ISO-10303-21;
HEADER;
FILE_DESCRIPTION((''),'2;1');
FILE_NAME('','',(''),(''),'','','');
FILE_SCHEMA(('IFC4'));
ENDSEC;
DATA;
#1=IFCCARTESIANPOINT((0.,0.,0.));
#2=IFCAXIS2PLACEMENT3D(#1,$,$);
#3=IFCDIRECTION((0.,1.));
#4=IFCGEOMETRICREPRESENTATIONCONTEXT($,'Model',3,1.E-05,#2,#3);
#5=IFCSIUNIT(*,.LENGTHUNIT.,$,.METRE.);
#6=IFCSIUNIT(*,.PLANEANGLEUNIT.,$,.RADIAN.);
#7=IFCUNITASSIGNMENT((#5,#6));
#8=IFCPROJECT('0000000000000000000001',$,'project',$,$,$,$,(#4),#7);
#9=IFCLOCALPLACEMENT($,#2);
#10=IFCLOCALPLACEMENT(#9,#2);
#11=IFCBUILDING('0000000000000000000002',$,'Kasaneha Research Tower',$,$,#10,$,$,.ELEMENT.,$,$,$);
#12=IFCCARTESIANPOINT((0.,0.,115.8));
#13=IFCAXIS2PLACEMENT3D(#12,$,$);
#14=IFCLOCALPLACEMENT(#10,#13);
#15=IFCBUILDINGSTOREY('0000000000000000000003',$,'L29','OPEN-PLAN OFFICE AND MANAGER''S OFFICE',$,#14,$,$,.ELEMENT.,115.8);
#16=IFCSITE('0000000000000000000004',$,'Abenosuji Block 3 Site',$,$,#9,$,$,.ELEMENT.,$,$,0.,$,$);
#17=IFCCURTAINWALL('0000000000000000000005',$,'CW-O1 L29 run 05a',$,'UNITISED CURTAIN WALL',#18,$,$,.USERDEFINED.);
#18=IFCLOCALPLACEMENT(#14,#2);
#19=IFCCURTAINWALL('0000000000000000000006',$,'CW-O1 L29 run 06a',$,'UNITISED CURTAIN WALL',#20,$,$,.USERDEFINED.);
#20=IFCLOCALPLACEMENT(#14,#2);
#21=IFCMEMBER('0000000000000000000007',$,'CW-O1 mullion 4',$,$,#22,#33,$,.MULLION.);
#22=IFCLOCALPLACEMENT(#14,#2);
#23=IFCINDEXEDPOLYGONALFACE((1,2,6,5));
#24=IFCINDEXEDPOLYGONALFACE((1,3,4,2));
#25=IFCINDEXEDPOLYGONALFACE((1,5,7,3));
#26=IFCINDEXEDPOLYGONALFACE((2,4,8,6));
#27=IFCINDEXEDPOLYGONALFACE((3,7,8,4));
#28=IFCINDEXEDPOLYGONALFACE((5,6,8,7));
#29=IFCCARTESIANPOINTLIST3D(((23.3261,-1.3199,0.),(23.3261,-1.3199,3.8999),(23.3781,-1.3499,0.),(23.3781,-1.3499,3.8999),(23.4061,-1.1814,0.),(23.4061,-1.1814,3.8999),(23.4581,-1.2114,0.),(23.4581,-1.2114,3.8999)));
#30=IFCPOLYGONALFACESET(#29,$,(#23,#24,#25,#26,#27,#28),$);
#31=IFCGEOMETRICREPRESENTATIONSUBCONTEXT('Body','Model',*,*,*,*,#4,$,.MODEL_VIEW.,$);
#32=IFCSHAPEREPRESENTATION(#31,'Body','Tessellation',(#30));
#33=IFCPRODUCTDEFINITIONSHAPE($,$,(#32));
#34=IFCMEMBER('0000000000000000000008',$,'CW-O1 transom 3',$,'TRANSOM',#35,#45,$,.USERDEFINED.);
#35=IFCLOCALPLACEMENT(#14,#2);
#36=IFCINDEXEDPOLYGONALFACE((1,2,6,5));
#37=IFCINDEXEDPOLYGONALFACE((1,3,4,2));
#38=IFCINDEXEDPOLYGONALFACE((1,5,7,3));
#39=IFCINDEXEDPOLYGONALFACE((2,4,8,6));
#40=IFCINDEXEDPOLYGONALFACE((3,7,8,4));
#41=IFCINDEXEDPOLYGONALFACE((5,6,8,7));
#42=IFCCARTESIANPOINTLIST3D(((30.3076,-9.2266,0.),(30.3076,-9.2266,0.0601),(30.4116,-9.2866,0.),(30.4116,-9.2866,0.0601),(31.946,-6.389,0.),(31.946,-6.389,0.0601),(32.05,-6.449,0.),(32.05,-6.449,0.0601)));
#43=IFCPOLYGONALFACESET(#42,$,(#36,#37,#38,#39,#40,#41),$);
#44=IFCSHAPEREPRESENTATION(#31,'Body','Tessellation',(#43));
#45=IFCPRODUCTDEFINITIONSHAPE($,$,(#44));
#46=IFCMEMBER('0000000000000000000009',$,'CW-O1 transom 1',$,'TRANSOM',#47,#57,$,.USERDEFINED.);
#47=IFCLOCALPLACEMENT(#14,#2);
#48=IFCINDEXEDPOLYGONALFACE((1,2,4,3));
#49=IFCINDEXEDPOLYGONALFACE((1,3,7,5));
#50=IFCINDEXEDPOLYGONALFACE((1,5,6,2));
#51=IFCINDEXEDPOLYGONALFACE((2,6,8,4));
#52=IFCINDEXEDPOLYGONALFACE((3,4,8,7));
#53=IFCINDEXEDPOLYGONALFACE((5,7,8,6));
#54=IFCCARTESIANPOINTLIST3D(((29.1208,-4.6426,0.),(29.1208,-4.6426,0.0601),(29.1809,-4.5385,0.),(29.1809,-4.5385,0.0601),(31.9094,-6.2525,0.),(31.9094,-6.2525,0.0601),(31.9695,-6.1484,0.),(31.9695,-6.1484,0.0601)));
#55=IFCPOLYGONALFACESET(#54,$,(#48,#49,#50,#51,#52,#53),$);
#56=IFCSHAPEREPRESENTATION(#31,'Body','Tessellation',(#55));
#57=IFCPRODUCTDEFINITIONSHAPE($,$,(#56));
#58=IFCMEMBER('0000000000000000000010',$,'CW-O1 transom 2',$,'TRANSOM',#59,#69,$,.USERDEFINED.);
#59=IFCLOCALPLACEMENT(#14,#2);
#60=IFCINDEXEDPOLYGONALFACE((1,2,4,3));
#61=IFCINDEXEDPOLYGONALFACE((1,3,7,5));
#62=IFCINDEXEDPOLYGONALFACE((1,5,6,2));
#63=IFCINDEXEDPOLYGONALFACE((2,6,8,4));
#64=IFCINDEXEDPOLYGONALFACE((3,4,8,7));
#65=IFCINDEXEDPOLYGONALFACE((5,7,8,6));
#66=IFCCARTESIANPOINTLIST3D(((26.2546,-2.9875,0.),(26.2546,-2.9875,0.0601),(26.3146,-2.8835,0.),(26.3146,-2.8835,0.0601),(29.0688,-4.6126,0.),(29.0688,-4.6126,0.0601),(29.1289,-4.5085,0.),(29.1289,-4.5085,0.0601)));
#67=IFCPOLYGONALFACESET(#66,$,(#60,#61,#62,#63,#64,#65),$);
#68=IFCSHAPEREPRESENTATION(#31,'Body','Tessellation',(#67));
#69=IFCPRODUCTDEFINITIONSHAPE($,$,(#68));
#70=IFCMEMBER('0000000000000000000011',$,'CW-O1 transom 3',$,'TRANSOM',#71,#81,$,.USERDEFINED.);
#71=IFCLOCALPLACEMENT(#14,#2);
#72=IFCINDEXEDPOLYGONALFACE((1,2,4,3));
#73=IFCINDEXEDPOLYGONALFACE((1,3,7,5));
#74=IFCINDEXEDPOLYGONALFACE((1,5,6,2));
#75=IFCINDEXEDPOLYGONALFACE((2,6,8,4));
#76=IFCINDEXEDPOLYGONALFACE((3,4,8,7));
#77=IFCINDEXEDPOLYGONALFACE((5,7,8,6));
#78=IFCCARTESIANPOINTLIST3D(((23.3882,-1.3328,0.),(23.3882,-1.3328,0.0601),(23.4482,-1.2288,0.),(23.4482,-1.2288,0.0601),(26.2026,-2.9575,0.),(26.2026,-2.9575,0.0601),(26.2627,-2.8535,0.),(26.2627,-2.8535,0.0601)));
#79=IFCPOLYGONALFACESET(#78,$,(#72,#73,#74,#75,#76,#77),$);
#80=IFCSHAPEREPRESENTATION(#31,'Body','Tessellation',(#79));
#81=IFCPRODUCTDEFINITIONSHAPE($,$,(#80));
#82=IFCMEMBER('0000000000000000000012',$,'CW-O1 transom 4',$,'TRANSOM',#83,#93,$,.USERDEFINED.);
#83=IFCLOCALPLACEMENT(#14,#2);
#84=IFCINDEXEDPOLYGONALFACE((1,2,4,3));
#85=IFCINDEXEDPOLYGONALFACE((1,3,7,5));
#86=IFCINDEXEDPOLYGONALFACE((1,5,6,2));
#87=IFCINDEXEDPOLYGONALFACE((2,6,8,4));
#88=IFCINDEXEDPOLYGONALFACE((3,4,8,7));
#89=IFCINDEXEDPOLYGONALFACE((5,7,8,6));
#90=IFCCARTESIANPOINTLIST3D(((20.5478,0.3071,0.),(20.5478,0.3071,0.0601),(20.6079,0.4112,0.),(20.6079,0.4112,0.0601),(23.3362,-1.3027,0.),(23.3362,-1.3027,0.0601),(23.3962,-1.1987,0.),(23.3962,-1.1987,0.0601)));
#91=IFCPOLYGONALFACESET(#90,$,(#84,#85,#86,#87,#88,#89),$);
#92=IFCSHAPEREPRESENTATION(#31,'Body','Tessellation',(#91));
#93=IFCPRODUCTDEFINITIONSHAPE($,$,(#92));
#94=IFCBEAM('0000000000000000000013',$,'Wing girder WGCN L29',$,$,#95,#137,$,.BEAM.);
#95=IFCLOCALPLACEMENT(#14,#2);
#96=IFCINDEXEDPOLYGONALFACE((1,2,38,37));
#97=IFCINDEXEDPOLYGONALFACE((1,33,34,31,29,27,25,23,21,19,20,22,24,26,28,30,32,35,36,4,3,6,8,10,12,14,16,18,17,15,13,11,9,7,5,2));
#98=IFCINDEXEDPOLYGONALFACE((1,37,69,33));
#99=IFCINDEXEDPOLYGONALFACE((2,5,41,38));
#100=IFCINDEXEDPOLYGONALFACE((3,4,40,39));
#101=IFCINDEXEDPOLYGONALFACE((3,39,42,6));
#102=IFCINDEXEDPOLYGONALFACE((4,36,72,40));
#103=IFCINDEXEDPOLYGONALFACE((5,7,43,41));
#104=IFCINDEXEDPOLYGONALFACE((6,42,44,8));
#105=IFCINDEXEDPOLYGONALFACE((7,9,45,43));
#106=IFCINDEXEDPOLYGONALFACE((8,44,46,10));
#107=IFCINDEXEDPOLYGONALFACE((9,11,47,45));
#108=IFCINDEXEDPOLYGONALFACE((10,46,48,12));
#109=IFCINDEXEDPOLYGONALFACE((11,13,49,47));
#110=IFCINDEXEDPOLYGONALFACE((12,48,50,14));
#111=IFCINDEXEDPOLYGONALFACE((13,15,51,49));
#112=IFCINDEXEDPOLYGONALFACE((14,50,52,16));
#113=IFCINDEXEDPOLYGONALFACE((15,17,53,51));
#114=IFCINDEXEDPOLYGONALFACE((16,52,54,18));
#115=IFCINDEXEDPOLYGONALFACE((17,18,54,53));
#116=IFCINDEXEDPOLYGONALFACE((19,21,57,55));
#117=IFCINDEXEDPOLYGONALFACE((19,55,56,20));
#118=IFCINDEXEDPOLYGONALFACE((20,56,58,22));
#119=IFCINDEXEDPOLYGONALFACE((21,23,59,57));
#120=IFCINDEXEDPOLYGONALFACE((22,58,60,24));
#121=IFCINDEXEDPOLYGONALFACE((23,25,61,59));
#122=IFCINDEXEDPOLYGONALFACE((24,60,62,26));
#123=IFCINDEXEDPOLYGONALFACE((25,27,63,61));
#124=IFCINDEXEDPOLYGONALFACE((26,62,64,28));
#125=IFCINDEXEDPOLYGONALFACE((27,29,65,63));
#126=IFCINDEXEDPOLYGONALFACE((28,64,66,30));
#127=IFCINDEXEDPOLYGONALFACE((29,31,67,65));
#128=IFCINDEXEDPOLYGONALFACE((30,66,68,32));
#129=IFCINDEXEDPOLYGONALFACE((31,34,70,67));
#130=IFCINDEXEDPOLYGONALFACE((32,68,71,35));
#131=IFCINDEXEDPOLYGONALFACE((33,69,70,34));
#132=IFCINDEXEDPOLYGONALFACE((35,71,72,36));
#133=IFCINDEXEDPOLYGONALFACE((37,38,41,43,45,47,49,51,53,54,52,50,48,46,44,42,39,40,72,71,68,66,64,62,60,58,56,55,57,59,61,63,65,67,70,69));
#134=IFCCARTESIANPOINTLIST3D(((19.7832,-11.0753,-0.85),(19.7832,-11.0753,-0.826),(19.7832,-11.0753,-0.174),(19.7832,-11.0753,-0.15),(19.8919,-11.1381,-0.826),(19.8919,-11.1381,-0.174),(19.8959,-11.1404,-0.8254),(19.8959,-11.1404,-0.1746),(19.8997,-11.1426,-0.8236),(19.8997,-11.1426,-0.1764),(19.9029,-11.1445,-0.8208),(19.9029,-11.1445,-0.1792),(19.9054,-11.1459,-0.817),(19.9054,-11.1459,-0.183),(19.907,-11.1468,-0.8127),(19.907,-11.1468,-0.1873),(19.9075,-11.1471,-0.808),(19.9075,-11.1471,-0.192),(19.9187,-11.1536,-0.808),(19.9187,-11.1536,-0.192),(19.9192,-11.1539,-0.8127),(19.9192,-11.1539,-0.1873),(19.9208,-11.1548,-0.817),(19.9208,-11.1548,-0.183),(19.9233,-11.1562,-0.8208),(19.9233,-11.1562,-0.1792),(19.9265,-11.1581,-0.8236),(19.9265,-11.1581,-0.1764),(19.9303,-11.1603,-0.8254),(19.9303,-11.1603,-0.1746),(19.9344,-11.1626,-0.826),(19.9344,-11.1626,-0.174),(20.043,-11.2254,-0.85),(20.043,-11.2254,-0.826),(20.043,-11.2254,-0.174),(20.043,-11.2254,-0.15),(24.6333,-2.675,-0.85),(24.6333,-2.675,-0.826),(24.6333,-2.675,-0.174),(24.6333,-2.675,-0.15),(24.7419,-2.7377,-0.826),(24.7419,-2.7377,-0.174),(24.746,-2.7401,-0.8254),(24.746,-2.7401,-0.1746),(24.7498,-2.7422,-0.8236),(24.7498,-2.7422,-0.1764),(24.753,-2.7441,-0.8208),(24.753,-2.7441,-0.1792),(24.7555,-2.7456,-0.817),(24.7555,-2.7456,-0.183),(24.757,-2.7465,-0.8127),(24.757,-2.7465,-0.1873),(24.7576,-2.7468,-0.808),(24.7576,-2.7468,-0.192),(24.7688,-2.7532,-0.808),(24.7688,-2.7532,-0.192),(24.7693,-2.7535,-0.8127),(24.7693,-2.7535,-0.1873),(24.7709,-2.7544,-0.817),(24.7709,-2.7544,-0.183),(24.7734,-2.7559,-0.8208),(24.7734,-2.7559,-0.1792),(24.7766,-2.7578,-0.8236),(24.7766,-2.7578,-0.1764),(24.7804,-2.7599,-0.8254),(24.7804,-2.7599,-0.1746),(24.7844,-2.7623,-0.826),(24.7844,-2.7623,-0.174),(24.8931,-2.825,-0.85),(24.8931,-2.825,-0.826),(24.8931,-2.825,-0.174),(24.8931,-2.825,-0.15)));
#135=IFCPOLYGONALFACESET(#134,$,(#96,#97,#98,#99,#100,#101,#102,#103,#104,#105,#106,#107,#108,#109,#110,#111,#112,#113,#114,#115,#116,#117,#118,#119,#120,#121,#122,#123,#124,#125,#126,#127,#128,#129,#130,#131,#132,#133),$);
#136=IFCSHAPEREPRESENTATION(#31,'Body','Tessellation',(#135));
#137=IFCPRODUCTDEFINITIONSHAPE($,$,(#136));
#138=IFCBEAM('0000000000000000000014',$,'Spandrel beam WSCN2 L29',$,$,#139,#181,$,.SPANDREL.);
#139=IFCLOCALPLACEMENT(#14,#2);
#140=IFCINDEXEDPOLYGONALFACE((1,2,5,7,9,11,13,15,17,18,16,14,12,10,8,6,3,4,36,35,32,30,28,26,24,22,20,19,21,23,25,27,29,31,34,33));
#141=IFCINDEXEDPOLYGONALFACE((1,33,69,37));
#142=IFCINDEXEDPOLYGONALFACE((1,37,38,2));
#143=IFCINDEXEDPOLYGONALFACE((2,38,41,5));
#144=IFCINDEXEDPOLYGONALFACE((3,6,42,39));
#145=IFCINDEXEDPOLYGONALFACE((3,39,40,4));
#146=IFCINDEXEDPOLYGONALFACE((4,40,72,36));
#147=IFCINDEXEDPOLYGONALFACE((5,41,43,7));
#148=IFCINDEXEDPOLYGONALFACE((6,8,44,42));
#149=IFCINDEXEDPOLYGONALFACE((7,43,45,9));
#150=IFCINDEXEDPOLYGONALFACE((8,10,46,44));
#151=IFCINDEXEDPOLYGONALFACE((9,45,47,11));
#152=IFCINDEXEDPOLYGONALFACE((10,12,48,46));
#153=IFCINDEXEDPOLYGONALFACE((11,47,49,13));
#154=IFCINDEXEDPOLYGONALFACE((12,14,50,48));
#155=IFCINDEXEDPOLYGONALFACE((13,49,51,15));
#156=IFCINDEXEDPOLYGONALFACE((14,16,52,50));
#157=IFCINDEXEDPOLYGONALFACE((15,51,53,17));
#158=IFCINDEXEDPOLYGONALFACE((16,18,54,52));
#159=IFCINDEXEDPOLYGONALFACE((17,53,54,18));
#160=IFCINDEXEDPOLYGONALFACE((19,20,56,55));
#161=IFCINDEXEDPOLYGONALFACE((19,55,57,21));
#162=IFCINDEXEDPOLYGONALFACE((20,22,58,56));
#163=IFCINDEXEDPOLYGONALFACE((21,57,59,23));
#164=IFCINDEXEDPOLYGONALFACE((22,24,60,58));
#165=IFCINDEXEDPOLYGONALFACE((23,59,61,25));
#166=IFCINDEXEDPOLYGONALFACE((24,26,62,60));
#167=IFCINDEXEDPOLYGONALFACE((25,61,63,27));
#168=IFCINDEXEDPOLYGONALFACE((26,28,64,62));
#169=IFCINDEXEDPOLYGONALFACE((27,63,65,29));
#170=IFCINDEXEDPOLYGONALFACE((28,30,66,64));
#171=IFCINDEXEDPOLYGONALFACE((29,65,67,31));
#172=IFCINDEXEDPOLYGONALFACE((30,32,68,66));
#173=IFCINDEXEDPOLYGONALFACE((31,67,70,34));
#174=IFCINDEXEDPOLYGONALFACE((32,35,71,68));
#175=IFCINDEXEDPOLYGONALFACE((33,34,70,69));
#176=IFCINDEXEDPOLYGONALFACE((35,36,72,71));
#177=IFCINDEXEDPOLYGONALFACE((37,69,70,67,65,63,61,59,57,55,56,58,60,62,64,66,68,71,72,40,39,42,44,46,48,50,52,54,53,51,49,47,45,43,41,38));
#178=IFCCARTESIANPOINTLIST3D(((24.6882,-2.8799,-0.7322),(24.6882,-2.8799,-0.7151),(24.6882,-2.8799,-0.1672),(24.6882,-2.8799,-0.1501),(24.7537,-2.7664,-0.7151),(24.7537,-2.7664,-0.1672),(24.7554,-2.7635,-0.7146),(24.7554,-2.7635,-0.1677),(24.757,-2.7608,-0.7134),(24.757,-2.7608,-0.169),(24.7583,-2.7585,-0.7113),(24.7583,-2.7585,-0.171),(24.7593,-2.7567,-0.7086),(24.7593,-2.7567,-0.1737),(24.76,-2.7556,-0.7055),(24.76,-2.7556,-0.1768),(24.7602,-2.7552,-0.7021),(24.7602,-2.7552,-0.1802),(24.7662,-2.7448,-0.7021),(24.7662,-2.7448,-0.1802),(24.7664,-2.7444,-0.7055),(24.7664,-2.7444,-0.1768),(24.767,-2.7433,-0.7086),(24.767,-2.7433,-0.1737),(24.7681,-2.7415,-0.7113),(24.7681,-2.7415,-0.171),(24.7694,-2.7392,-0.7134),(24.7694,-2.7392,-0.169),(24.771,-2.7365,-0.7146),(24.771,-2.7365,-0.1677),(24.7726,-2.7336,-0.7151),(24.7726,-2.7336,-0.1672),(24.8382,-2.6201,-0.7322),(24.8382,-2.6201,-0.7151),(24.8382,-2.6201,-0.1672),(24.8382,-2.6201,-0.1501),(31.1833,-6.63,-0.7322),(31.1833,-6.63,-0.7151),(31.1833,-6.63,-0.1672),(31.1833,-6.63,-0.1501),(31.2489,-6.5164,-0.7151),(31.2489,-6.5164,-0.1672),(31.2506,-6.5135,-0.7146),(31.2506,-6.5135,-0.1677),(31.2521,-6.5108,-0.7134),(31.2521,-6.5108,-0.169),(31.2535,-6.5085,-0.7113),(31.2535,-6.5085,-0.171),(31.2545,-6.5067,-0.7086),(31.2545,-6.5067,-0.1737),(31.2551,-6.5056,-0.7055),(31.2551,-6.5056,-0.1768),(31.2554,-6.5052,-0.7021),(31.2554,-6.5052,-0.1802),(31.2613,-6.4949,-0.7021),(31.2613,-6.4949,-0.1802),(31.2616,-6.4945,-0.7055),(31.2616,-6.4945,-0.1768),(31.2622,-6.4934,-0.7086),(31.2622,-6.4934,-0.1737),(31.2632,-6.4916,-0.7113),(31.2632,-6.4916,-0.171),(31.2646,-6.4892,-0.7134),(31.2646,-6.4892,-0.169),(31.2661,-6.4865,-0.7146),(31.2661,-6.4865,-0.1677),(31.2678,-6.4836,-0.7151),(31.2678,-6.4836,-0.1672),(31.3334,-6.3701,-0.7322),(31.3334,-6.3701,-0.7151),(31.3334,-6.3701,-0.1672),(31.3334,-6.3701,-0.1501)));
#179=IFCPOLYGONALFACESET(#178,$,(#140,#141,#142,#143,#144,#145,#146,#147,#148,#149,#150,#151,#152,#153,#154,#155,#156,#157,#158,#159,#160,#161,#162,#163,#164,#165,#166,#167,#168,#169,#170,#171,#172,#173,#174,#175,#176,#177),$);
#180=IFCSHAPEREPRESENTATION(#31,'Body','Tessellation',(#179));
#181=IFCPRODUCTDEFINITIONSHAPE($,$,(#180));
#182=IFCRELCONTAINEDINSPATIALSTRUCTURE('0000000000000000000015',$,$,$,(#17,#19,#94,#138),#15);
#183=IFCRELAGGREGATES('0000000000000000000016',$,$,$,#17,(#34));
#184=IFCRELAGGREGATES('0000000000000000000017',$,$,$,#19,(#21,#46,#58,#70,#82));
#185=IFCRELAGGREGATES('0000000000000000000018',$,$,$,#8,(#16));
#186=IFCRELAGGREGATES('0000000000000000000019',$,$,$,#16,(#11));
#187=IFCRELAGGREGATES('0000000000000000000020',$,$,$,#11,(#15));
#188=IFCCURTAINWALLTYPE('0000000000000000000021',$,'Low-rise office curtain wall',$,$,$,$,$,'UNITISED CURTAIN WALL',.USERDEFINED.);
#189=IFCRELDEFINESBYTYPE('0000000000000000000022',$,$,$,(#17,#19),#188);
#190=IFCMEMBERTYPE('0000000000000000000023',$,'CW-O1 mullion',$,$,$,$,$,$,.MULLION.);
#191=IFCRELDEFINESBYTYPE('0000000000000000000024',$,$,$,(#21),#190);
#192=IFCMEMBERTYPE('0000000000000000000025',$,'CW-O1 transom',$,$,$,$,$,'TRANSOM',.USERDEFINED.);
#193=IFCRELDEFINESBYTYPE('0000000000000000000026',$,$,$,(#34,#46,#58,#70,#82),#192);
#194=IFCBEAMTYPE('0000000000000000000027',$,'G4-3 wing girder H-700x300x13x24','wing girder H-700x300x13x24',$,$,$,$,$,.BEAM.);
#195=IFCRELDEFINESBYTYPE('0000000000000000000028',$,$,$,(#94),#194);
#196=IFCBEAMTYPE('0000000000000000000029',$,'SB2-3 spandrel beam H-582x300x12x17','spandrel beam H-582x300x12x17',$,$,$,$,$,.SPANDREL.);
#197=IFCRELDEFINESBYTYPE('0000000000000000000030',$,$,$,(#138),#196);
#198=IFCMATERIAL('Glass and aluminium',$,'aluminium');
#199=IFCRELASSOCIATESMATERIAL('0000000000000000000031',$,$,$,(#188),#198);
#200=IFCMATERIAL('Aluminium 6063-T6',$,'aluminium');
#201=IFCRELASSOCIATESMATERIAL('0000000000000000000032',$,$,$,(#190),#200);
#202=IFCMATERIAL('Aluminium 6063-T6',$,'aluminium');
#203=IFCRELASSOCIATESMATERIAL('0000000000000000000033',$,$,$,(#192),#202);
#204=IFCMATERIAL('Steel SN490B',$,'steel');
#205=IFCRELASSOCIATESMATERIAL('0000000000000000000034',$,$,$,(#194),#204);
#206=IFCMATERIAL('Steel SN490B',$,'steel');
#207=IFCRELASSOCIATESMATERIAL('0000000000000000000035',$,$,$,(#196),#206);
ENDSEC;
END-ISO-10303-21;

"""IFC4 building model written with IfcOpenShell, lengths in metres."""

from ifc_helpers import new_model, si_unit, direction, frame, origin, origin_2d, place, context, subcontext, project, spatial, rectangle, i_section, extrude, material, material_profile, profile_set, type_object, element, aggregate, save


model = new_model("IFC4")

# Units and contexts
model_context = context("Model", 3, precision=1e-05, world=origin(), true_north=direction((0.0, 1.0)))
body_context = subcontext(model_context, "Body", "Model", "MODEL_VIEW")
ifc_project = project(units=[si_unit("LENGTHUNIT", "METRE"), si_unit("PLANEANGLEUNIT", "RADIAN")], contexts=[model_context])

# Site, building, storey
site_placement = place(None, origin())
site = spatial("IfcSite", under=ifc_project, at=site_placement, Name="Abenosuji Block 3 Site", CompositionType="ELEMENT", RefElevation=0.0)
building_placement = place(site_placement, origin())
building = spatial("IfcBuilding", under=site, at=building_placement, Name="Kasaneha Research Tower", CompositionType="ELEMENT")
storey_placement = place(building_placement, frame((0.0, 0.0, 115.8)))
storey = spatial("IfcBuildingStorey", under=building, at=storey_placement, Name="L29", Description="OPEN-PLAN OFFICE AND MANAGER'S OFFICE", CompositionType="ELEMENT", Elevation=115.8)

# Curtain walls, member
ifc_material_1 = material(Name="Glass and aluminium", Category="aluminium")
curtain_wall_type = type_object("IfcCurtainWallType", Name="Low-rise office curtain wall", ElementType="UNITISED CURTAIN WALL", PredefinedType="USERDEFINED", material=ifc_material_1)
curtain_wall_1_placement = place(storey_placement, origin())
curtain_wall_1 = element("IfcCurtainWall", 1, at=curtain_wall_1_placement, inside=storey, type_object=curtain_wall_type, Name="CW-O1 L29 run 05a", ObjectType="UNITISED CURTAIN WALL", PredefinedType="USERDEFINED")
ifc_material_2 = material(Name="Aluminium 6063-T6", Category="aluminium")
ifc_material_profile_1 = material_profile(ifc_material_2, rectangle(XDim=0.0601, YDim=0.1599, at=origin_2d()), Name="CW-O1 mullion 60x160")
ifc_profile_set_1 = profile_set([ifc_material_profile_1], Name="Aluminium 6063-T6")
member_type_1 = type_object("IfcMemberType", Name="CW-O1 mullion", PredefinedType="MULLION", material=ifc_profile_set_1)
curtain_wall_2_placement = place(storey_placement, origin())
curtain_wall_2 = element("IfcCurtainWall", 2, at=curtain_wall_2_placement, inside=storey, type_object=curtain_wall_type, Name="CW-O1 L29 run 06a", ObjectType="UNITISED CURTAIN WALL", PredefinedType="USERDEFINED")
member_1_placement = place(storey_placement, frame((23.3921, -1.2656, 0.0), z_axis=(0.0, 0.0, 1.0), x_axis=(-0.866025, 0.5, 0.0)))
member_1 = element("IfcMember", 3, at=member_1_placement, type_object=member_type_1, Name="CW-O1 mullion 4", PredefinedType="MULLION", context=body_context, shape_type="SweptSolid", body=[
    extrude(rectangle(XDim=0.0601, YDim=0.1599, at=origin_2d()), origin(), (0.0, 0.0, 1.0), 3.8999),
])

# Members
ifc_material_3 = material(Name="Aluminium 6063-T6", Category="aluminium")
ifc_material_profile_2 = material_profile(ifc_material_3, rectangle(XDim=0.1201, YDim=0.0601, at=origin_2d()), Name="CW-O1 transom 120x60")
ifc_profile_set_2 = profile_set([ifc_material_profile_2], Name="Aluminium 6063-T6")
member_type_2 = type_object("IfcMemberType", Name="CW-O1 transom", ElementType="TRANSOM", PredefinedType="USERDEFINED", material=ifc_profile_set_2)
member_2_placement = place(storey_placement, frame((30.3596, -9.2566, 0.03), z_axis=(0.500026, 0.866011, 0.0), x_axis=(-0.866011, 0.500026, 0.0)))
member_2 = element("IfcMember", 4, at=member_2_placement, type_object=member_type_2, Name="CW-O1 transom 3", ObjectType="TRANSOM", PredefinedType="USERDEFINED", context=body_context, shape_type="SweptSolid", body=[
    extrude(rectangle(XDim=0.1201, YDim=0.0601, at=origin_2d()), origin(), (0.0, 0.0, 1.0), 3.2766),
])
member_3_placement = place(storey_placement, frame((31.9395, -6.2004, 0.03), z_axis=(-0.866042, 0.499972, 0.0), x_axis=(-0.499972, -0.866042, 0.0)))
member_3 = element("IfcMember", 5, at=member_3_placement, type_object=member_type_2, Name="CW-O1 transom 1", ObjectType="TRANSOM", PredefinedType="USERDEFINED", context=body_context, shape_type="SweptSolid", body=[
    extrude(rectangle(XDim=0.1201, YDim=0.0601, at=origin_2d()), origin(), (0.0, 0.0, 1.0), 3.22),
])
member_4_placement = place(storey_placement, frame((29.0989, -4.5605, 0.03), z_axis=(-0.865997, 0.50005, 0.0), x_axis=(-0.50005, -0.865997, 0.0)))
member_4 = element("IfcMember", 6, at=member_4_placement, type_object=member_type_2, Name="CW-O1 transom 2", ObjectType="TRANSOM", PredefinedType="USERDEFINED", context=body_context, shape_type="SweptSolid", body=[
    extrude(rectangle(XDim=0.1201, YDim=0.0601, at=origin_2d()), origin(), (0.0, 0.0, 1.0), 3.2498),
])
member_5_placement = place(storey_placement, frame((26.2327, -2.9055, 0.03), z_axis=(-0.866048, 0.499961, 0.0), x_axis=(-0.499961, -0.866048, 0.0)))
member_5 = element("IfcMember", 7, at=member_5_placement, type_object=member_type_2, Name="CW-O1 transom 3", ObjectType="TRANSOM", PredefinedType="USERDEFINED", context=body_context, shape_type="SweptSolid", body=[
    extrude(rectangle(XDim=0.1201, YDim=0.0601, at=origin_2d()), origin(), (0.0, 0.0, 1.0), 3.2498),
])
member_6_placement = place(storey_placement, frame((23.3662, -1.2507, 0.03), z_axis=(-0.866023, 0.500005, 0.0), x_axis=(-0.500005, -0.866023, 0.0)))
member_6 = element("IfcMember", 8, at=member_6_placement, type_object=member_type_2, Name="CW-O1 transom 4", ObjectType="TRANSOM", PredefinedType="USERDEFINED", context=body_context, shape_type="SweptSolid", body=[
    extrude(rectangle(XDim=0.1201, YDim=0.0601, at=origin_2d()), origin(), (0.0, 0.0, 1.0), 3.2197),
])

# Beams
ifc_material_4 = material(Name="Steel SN490B", Category="steel")
ifc_material_profile_3 = material_profile(ifc_material_4, i_section(OverallWidth=0.3, OverallDepth=0.7, WebThickness=0.0129, FlangeThickness=0.0239, FilletRadius=0.0181, at=origin_2d()), Name="H-700x300x13x24")
ifc_profile_set_3 = profile_set([ifc_material_profile_3], Name="Steel SN490B")
beam_type_1 = type_object("IfcBeamType", Name="G4-3 wing girder H-700x300x13x24", Description="wing girder H-700x300x13x24", PredefinedType="BEAM", material=ifc_profile_set_3)
beam_1_placement = place(storey_placement, frame((24.7632, -2.75, -0.5), z_axis=(-0.50001, -0.86602, 0.0), x_axis=(0.86602, -0.50001, 0.0)))
element("IfcBeam", 9, at=beam_1_placement, inside=storey, type_object=beam_type_1, Name="Wing girder WGCN L29", PredefinedType="BEAM", context=body_context, shape_type="SweptSolid", body=[
    extrude(i_section(OverallWidth=0.3, OverallDepth=0.7, WebThickness=0.0129, FlangeThickness=0.0239, FilletRadius=0.0181, at=origin_2d()), origin(), (0.0, 0.0, 1.0), 9.7),
])
ifc_material_5 = material(Name="Steel SN490B", Category="steel")
ifc_material_profile_4 = material_profile(ifc_material_5, i_section(OverallWidth=0.3, OverallDepth=0.582, WebThickness=0.012, FlangeThickness=0.0171, FilletRadius=0.0129, at=origin_2d()), Name="H-582x300x12x17")
ifc_profile_set_4 = profile_set([ifc_material_profile_4], Name="Steel SN490B")
beam_type_2 = type_object("IfcBeamType", Name="SB2-3 spandrel beam H-582x300x12x17", Description="spandrel beam H-582x300x12x17", PredefinedType="SPANDREL", material=ifc_profile_set_4)
beam_2_placement = place(storey_placement, frame((24.7632, -2.75, -0.4412), z_axis=(0.866023, -0.500004, 0.0), x_axis=(0.500004, 0.866023, 0.0)))
element("IfcBeam", 10, at=beam_2_placement, inside=storey, type_object=beam_type_2, Name="Spandrel beam WSCN2 L29", PredefinedType="SPANDREL", context=body_context, shape_type="SweptSolid", body=[
    extrude(i_section(OverallWidth=0.3, OverallDepth=0.582, WebThickness=0.012, FlangeThickness=0.0171, FilletRadius=0.0129, at=origin_2d()), origin(), (0.0, 0.0, 1.0), 7.5),
])

aggregate(curtain_wall_1, [member_2])
aggregate(curtain_wall_2, [member_1, member_3, member_4, member_5, member_6])

save(model, "model.ifc")
